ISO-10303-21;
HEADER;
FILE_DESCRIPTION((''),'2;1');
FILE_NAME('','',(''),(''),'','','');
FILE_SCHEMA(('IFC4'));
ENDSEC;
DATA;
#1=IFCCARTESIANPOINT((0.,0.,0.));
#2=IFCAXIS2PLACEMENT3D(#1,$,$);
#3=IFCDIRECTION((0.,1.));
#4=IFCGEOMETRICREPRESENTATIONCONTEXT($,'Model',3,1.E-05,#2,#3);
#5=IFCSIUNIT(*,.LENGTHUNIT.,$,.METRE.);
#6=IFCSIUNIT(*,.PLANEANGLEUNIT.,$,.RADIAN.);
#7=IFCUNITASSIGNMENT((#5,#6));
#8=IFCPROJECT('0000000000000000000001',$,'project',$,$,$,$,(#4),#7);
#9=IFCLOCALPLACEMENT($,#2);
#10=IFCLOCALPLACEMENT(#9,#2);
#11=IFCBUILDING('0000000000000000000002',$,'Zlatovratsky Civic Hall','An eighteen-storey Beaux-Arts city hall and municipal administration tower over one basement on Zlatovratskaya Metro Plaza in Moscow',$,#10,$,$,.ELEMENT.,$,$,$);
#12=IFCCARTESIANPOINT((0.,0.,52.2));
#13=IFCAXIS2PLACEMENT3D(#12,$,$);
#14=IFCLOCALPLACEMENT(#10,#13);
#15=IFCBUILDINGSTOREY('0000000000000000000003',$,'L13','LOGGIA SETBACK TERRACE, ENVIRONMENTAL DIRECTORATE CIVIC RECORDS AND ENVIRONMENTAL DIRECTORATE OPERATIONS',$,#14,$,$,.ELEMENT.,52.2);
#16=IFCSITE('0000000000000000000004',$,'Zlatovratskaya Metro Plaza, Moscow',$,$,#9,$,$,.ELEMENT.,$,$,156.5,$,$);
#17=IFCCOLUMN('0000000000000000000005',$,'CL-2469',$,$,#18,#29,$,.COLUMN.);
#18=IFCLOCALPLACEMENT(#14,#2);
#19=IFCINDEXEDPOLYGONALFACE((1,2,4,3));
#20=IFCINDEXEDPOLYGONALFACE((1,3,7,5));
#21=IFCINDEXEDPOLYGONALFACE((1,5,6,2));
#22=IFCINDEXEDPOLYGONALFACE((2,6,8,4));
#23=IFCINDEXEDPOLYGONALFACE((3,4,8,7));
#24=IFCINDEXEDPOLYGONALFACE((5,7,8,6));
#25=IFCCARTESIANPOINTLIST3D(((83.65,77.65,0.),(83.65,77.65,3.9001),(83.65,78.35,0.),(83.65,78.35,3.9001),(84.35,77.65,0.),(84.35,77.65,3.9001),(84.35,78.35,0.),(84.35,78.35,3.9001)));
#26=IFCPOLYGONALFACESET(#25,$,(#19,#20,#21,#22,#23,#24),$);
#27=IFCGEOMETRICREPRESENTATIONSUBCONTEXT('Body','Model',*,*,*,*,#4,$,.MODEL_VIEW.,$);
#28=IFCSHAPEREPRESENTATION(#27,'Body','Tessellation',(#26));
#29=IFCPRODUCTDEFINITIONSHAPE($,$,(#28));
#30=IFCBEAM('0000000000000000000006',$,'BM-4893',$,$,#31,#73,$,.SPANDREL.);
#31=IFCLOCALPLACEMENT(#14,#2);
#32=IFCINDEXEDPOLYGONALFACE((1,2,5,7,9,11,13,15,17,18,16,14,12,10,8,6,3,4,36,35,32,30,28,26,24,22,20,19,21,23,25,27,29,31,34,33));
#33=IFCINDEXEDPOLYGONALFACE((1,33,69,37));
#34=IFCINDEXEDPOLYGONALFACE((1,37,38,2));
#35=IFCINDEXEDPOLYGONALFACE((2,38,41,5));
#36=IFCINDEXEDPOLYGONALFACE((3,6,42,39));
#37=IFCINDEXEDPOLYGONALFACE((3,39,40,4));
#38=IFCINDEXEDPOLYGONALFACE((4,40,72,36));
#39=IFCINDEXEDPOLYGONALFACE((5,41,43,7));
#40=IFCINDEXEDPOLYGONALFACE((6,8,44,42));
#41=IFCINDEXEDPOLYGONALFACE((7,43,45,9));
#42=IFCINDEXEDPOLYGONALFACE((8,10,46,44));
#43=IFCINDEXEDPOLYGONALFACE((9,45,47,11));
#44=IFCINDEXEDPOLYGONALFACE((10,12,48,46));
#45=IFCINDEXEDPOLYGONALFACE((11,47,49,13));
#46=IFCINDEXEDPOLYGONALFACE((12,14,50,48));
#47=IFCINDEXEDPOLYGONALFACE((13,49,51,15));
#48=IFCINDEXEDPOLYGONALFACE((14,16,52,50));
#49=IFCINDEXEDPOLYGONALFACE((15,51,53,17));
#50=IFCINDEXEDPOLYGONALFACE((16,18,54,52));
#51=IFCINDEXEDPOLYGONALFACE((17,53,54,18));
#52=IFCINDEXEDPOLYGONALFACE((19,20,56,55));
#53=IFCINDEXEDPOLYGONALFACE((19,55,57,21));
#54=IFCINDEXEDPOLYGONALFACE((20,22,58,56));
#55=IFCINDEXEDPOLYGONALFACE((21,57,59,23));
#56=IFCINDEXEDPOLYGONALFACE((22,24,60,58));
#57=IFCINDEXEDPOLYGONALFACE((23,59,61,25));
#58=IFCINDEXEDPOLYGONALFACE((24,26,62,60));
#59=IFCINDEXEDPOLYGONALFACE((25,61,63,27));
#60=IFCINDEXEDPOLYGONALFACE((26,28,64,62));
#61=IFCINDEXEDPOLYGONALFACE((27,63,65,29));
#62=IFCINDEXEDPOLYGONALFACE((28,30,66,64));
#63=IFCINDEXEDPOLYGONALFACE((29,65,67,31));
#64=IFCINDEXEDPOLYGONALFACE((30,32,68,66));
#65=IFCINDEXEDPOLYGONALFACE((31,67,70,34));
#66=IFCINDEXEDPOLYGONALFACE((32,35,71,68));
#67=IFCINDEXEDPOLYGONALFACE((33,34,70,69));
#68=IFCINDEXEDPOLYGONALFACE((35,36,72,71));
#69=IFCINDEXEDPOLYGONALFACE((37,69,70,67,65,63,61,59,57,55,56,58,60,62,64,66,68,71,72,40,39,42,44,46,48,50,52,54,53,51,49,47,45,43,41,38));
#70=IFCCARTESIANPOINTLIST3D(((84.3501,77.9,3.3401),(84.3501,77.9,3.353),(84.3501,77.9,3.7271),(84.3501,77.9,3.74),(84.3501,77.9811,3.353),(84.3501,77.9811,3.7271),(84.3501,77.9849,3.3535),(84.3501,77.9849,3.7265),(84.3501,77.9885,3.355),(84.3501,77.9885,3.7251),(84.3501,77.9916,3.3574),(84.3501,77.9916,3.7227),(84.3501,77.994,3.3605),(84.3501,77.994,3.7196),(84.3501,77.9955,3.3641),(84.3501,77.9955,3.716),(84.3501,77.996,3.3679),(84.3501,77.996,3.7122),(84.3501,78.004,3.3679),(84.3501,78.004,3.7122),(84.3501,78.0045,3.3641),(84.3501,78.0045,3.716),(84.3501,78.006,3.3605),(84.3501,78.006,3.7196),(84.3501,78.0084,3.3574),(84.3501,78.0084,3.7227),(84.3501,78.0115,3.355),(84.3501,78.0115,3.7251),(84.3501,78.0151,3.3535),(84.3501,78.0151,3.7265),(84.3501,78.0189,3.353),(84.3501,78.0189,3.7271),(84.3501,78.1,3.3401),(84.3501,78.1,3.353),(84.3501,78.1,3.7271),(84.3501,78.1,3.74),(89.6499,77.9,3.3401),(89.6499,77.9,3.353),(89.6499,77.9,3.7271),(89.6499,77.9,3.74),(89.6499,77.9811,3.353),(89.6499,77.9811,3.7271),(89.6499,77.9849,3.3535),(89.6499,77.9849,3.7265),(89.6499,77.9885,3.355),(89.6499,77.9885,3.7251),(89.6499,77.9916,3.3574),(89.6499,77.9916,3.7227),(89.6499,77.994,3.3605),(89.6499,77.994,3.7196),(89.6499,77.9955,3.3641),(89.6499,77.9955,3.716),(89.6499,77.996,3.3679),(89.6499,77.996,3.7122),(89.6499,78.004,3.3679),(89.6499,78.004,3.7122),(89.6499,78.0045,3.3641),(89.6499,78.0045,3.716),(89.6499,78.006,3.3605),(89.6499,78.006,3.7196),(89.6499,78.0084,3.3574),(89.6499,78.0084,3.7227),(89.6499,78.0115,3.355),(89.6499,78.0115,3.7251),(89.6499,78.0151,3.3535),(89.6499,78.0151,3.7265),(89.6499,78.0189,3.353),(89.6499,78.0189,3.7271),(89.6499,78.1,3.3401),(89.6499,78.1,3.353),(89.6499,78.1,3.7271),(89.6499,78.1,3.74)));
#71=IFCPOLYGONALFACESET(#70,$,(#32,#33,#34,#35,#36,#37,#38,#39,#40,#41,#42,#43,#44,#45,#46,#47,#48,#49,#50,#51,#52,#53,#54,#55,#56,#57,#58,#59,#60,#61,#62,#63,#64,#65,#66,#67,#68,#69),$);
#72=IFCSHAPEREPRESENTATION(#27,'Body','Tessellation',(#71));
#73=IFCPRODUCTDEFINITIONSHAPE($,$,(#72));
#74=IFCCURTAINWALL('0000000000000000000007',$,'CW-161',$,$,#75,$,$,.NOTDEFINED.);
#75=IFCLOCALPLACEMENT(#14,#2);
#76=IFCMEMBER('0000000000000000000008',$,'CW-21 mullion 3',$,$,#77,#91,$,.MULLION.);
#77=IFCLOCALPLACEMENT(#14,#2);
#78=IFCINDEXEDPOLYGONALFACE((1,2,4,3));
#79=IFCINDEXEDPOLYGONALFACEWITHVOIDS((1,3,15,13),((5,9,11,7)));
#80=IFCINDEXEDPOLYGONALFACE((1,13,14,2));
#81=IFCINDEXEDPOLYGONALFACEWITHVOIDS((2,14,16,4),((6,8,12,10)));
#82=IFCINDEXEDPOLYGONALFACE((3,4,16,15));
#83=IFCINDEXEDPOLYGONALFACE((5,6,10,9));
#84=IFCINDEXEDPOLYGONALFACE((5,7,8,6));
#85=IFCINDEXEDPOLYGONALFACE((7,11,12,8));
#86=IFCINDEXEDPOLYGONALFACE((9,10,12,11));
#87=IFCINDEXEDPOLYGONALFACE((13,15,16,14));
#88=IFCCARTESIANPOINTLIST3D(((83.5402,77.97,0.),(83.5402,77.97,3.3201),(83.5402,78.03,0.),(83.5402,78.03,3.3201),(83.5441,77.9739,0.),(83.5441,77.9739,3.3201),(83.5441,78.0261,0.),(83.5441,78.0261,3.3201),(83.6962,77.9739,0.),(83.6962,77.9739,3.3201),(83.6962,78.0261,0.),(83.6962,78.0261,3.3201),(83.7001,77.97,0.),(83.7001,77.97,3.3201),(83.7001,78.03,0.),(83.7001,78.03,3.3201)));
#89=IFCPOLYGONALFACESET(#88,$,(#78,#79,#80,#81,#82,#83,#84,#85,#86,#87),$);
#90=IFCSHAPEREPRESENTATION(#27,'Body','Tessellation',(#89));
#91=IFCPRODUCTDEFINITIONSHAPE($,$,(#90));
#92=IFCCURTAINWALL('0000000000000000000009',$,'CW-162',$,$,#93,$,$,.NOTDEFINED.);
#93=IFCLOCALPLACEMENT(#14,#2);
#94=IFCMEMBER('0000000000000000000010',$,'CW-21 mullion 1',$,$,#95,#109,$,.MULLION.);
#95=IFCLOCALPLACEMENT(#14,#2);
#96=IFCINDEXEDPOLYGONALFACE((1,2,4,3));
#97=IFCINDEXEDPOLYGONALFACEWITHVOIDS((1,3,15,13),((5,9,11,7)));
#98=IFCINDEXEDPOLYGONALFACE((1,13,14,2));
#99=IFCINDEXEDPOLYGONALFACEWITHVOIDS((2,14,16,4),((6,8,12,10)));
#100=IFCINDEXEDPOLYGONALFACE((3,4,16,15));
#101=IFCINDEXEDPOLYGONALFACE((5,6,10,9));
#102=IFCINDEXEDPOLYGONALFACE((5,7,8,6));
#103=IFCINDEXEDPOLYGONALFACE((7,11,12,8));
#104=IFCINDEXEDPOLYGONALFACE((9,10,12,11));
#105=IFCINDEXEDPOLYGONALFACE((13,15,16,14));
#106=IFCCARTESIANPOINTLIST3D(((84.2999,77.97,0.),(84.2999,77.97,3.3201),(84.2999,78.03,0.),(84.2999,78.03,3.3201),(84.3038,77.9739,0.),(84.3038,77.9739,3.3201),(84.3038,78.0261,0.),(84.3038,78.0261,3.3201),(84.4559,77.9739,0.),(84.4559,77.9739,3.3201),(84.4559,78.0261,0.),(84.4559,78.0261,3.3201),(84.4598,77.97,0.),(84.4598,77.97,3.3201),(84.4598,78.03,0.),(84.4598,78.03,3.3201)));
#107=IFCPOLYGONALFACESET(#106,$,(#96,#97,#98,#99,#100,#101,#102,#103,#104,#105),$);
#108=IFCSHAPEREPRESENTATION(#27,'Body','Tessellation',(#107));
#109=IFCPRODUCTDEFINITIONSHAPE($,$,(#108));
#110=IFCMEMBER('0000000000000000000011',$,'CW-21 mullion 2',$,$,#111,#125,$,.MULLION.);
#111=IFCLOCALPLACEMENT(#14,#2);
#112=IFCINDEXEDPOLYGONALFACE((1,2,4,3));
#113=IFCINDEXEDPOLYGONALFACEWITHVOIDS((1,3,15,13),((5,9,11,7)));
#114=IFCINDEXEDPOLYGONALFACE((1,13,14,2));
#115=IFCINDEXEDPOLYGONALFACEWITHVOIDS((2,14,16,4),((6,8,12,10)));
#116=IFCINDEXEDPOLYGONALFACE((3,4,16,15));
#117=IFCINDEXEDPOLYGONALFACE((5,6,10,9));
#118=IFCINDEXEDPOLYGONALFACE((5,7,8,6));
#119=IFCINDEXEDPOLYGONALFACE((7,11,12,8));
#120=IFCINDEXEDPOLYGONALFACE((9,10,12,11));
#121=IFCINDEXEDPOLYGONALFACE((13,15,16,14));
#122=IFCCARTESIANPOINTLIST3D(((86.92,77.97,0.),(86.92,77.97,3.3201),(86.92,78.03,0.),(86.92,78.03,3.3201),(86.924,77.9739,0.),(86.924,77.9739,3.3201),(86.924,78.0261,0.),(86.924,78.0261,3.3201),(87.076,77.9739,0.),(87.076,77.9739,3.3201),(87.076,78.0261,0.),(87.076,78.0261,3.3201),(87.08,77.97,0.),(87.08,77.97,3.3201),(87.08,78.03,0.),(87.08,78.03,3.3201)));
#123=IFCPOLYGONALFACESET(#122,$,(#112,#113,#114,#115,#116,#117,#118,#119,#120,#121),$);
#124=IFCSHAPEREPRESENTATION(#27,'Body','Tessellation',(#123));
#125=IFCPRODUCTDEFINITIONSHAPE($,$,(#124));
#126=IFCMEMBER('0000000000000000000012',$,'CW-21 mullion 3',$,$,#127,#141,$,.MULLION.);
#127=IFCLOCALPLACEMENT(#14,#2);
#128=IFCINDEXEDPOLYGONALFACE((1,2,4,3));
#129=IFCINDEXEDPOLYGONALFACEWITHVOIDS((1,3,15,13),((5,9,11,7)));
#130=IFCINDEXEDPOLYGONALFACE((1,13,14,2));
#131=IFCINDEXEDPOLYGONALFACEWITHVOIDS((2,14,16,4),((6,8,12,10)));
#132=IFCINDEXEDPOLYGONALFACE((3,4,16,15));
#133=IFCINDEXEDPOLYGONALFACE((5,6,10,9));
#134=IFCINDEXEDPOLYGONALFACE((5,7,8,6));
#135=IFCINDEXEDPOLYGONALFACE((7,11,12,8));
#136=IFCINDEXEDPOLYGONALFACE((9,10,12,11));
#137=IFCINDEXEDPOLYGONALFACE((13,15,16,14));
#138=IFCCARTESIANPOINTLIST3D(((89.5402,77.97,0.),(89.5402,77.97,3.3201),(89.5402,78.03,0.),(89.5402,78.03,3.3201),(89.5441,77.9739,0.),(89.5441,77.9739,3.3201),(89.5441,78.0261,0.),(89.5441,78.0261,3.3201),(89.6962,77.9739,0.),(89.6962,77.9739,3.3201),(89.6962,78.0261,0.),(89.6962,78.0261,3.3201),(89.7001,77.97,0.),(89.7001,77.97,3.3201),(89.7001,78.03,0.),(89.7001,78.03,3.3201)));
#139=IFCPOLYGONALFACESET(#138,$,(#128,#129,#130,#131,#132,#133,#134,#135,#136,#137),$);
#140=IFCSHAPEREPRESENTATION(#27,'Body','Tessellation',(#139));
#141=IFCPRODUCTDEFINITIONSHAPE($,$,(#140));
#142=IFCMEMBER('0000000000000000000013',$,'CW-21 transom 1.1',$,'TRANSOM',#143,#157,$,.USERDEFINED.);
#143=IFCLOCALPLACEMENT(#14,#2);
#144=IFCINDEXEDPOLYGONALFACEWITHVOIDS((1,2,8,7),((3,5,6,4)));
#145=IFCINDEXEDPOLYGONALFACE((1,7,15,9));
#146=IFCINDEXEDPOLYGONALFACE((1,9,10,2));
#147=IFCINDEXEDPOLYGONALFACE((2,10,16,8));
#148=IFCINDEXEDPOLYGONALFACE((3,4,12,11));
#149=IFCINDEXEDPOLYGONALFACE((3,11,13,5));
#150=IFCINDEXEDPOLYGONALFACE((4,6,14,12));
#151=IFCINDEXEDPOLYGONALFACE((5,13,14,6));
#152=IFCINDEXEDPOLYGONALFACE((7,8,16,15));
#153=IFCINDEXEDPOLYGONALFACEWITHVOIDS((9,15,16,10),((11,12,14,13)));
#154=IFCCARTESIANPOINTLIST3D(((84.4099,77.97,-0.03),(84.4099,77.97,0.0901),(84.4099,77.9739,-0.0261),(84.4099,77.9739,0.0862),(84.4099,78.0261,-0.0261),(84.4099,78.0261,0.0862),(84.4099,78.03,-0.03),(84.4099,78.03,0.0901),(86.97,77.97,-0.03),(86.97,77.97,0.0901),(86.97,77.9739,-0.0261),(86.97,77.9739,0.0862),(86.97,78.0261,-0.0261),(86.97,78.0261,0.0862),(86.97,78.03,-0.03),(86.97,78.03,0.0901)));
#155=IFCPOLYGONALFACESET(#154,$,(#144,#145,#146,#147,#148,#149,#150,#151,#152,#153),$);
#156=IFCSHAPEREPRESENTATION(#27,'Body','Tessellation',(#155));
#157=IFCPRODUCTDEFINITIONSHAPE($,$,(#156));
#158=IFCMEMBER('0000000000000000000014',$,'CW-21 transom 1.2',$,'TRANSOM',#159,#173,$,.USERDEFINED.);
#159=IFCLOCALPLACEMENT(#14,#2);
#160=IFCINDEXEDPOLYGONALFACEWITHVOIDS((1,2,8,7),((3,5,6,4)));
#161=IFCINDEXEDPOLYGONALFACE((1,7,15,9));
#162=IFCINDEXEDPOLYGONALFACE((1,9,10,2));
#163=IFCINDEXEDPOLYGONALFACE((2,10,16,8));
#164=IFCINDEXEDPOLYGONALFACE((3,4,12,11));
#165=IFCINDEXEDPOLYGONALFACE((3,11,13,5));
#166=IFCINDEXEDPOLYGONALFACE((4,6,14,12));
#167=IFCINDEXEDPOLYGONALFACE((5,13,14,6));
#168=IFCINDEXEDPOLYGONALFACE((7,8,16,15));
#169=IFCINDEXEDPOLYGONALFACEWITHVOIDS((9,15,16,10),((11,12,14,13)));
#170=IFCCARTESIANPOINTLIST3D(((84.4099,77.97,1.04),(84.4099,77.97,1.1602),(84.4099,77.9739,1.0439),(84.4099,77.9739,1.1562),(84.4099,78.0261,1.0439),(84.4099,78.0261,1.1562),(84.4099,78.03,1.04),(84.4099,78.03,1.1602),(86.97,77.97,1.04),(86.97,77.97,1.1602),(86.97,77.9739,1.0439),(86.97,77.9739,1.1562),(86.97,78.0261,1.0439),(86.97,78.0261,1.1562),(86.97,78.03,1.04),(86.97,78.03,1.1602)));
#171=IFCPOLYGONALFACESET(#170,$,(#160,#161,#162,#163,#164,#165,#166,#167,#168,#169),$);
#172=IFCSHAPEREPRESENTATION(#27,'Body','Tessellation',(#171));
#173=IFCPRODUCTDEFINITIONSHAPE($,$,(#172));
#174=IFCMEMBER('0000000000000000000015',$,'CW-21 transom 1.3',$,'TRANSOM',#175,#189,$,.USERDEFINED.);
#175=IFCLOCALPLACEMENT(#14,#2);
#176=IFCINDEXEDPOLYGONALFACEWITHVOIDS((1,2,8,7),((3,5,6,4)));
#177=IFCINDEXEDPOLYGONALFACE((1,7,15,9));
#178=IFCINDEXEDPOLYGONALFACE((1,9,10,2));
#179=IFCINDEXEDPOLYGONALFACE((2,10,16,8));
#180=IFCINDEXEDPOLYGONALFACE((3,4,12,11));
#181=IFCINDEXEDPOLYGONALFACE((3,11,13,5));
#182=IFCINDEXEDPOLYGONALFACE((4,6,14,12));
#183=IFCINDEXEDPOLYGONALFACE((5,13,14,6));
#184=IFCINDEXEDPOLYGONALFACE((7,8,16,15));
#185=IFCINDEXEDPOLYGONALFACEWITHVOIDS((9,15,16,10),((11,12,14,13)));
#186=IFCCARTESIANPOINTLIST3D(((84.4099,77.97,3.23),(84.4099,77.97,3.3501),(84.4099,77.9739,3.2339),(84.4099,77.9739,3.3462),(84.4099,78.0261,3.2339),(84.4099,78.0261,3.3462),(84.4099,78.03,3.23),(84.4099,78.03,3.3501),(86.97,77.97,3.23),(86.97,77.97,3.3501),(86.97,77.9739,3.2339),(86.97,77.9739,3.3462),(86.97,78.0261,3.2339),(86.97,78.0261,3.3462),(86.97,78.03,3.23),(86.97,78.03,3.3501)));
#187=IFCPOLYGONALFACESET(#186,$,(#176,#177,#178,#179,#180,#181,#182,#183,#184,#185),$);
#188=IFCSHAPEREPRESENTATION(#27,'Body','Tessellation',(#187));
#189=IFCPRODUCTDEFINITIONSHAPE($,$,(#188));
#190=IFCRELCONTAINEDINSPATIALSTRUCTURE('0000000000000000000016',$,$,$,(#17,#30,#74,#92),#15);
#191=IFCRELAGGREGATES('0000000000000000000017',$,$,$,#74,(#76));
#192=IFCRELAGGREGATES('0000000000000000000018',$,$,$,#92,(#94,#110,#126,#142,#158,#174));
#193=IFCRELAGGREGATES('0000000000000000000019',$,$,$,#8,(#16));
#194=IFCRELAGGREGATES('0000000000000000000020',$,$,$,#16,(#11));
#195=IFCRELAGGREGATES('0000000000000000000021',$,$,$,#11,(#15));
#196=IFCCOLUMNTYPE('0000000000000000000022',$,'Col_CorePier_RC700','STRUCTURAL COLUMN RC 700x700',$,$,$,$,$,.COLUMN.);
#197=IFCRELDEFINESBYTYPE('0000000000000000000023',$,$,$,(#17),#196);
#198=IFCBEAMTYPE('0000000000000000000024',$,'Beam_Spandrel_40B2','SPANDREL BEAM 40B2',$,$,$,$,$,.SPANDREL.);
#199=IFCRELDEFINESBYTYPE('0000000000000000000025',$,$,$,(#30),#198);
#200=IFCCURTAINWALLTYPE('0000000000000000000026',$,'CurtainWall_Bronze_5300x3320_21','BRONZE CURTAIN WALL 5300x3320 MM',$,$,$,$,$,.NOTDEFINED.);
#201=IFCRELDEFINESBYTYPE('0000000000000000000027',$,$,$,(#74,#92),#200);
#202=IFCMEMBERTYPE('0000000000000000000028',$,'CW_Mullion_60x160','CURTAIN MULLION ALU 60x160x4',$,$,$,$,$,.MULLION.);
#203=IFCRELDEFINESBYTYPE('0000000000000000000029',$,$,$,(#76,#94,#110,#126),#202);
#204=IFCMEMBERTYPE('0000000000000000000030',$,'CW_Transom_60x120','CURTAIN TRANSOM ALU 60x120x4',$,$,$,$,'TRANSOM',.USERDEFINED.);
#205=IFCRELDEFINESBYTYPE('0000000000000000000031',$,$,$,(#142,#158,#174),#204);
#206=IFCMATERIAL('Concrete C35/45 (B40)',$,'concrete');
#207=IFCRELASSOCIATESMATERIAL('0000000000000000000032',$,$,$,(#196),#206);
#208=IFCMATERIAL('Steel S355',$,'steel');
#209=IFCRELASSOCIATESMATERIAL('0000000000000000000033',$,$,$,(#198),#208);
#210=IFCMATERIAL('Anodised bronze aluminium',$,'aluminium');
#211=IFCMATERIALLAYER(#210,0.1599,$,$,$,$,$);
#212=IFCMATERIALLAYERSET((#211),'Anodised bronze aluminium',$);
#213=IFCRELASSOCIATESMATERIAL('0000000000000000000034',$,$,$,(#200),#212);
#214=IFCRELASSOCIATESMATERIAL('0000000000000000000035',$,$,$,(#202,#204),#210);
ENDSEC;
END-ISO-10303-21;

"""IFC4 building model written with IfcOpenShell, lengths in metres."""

from ifc_helpers import new_model, si_unit, direction, frame, origin, origin_2d, place, context, subcontext, project, spatial, rectangle, hollow_rectangle, i_section, extrude, material, layer, layer_set, material_profile, profile_set, type_object, element, aggregate, save


model = new_model("IFC4")

# Units and contexts
model_context = context("Model", 3, precision=1e-05, world=origin(), true_north=direction((0.0, 1.0)))
body_context = subcontext(model_context, "Body", "Model", "MODEL_VIEW")
ifc_project = project(units=[si_unit("LENGTHUNIT", "METRE"), si_unit("PLANEANGLEUNIT", "RADIAN")], contexts=[model_context])

# Site, building, storey
site_placement = place(None, origin())
site = spatial("IfcSite", under=ifc_project, at=site_placement, Name="Zlatovratskaya Metro Plaza, Moscow", CompositionType="ELEMENT", RefElevation=156.5)
building_placement = place(site_placement, origin())
building = spatial("IfcBuilding", under=site, at=building_placement, Name="Zlatovratsky Civic Hall", Description="An eighteen-storey Beaux-Arts city hall and municipal administration tower over one basement on Zlatovratskaya Metro Plaza in Moscow", CompositionType="ELEMENT")
storey_placement = place(building_placement, frame((0.0, 0.0, 52.2)))
storey = spatial("IfcBuildingStorey", under=building, at=storey_placement, Name="L13", Description="LOGGIA SETBACK TERRACE, ENVIRONMENTAL DIRECTORATE CIVIC RECORDS AND ENVIRONMENTAL DIRECTORATE OPERATIONS", CompositionType="ELEMENT", Elevation=52.2)

# Column
ifc_material_1 = material(Name="Concrete C35/45 (B40)", Category="concrete")
ifc_material_profile_1 = material_profile(ifc_material_1, rectangle(XDim=0.7, YDim=0.7, at=origin_2d()), Name="RC 700x700")
ifc_profile_set_1 = profile_set([ifc_material_profile_1], Name="Concrete C35/45 (B40)")
column_type = type_object("IfcColumnType", Name="Col_CorePier_RC700", Description="STRUCTURAL COLUMN RC 700x700", PredefinedType="COLUMN", material=ifc_profile_set_1)
column_placement = place(storey_placement, frame((84.0, 78.0, 0.0), z_axis=(0.0, 0.0, 1.0), x_axis=(1.0, 0.0, 0.0)))
element("IfcColumn", 1, at=column_placement, inside=storey, type_object=column_type, Name="CL-2469", PredefinedType="COLUMN", context=body_context, shape_type="SweptSolid", body=[
    extrude(rectangle(XDim=0.7, YDim=0.7, at=origin_2d()), origin(), (0.0, 0.0, 1.0), 3.9001),
])

# Beam
ifc_material_2 = material(Name="Steel S355", Category="steel")
ifc_material_profile_2 = material_profile(ifc_material_2, i_section(OverallWidth=0.2, OverallDepth=0.3999, WebThickness=0.0081, FlangeThickness=0.0129, FilletRadius=0.0149, at=origin_2d()), Name="40B2")
ifc_profile_set_2 = profile_set([ifc_material_profile_2], Name="Steel S355")
beam_type = type_object("IfcBeamType", Name="Beam_Spandrel_40B2", Description="SPANDREL BEAM 40B2", PredefinedType="SPANDREL", material=ifc_profile_set_2)
beam_placement = place(storey_placement, frame((84.3501, 78.0, 3.54), z_axis=(1.0, 0.0, 0.0), x_axis=(0.0, 1.0, 0.0)))
element("IfcBeam", 2, at=beam_placement, inside=storey, type_object=beam_type, Name="BM-4893", PredefinedType="SPANDREL", context=body_context, shape_type="SweptSolid", body=[
    extrude(i_section(OverallWidth=0.2, OverallDepth=0.3999, WebThickness=0.0081, FlangeThickness=0.0129, FilletRadius=0.0149, at=origin_2d()), origin(), (0.0, 0.0, 1.0), 5.2998),
])

# Curtain wall, member
ifc_material_3 = material(Name="Anodised bronze aluminium", Category="aluminium")
ifc_layer_1 = layer(ifc_material_3, 0.1599)
ifc_layer_set_1 = layer_set([ifc_layer_1], Name="Anodised bronze aluminium")
curtain_wall_type = type_object("IfcCurtainWallType", Name="CurtainWall_Bronze_5300x3320_21", Description="BRONZE CURTAIN WALL 5300x3320 MM", PredefinedType="NOTDEFINED", material=ifc_layer_set_1)
curtain_wall_1_placement = place(storey_placement, origin())
curtain_wall_1 = element("IfcCurtainWall", 3, at=curtain_wall_1_placement, inside=storey, type_object=curtain_wall_type, Name="CW-161", PredefinedType="NOTDEFINED")
ifc_material_profile_3 = material_profile(ifc_material_3, hollow_rectangle(XDim=0.0601, YDim=0.1599, WallThickness=0.0039, at=origin_2d()), Name="ALU 60x160x4")
ifc_profile_set_3 = profile_set([ifc_material_profile_3], Name="Anodised bronze aluminium")
member_type_1 = type_object("IfcMemberType", Name="CW_Mullion_60x160", Description="CURTAIN MULLION ALU 60x160x4", PredefinedType="MULLION", material=ifc_profile_set_3)
member_1_placement = place(storey_placement, frame((83.6201, 78.0, 0.0), z_axis=(0.0, 0.0, 1.0), x_axis=(0.0, 1.0, 0.0)))
member_1 = element("IfcMember", 4, at=member_1_placement, type_object=member_type_1, Name="CW-21 mullion 3", PredefinedType="MULLION", context=body_context, shape_type="SweptSolid", body=[
    extrude(hollow_rectangle(XDim=0.0601, YDim=0.1599, WallThickness=0.0039, at=origin_2d()), origin(), (0.0, 0.0, 1.0), 3.3201),
])

# Curtain wall, members
curtain_wall_2_placement = place(storey_placement, origin())
curtain_wall_2 = element("IfcCurtainWall", 5, at=curtain_wall_2_placement, inside=storey, type_object=curtain_wall_type, Name="CW-162", PredefinedType="NOTDEFINED")
member_2_placement = place(storey_placement, frame((84.3799, 78.0, 0.0), z_axis=(0.0, 0.0, 1.0), x_axis=(0.0, 1.0, 0.0)))
member_2 = element("IfcMember", 6, at=member_2_placement, type_object=member_type_1, Name="CW-21 mullion 1", PredefinedType="MULLION", context=body_context, shape_type="SweptSolid", body=[
    extrude(hollow_rectangle(XDim=0.0601, YDim=0.1599, WallThickness=0.0039, at=origin_2d()), origin(), (0.0, 0.0, 1.0), 3.3201),
])
member_3_placement = place(storey_placement, frame((87.0, 78.0, 0.0), z_axis=(0.0, 0.0, 1.0), x_axis=(0.0, 1.0, 0.0)))
member_3 = element("IfcMember", 7, at=member_3_placement, type_object=member_type_1, Name="CW-21 mullion 2", PredefinedType="MULLION", context=body_context, shape_type="SweptSolid", body=[
    extrude(hollow_rectangle(XDim=0.0601, YDim=0.1599, WallThickness=0.0039, at=origin_2d()), origin(), (0.0, 0.0, 1.0), 3.3201),
])
member_4_placement = place(storey_placement, frame((89.6201, 78.0, 0.0), z_axis=(0.0, 0.0, 1.0), x_axis=(0.0, 1.0, 0.0)))
member_4 = element("IfcMember", 8, at=member_4_placement, type_object=member_type_1, Name="CW-21 mullion 3", PredefinedType="MULLION", context=body_context, shape_type="SweptSolid", body=[
    extrude(hollow_rectangle(XDim=0.0601, YDim=0.1599, WallThickness=0.0039, at=origin_2d()), origin(), (0.0, 0.0, 1.0), 3.3201),
])
ifc_material_profile_4 = material_profile(ifc_material_3, hollow_rectangle(XDim=0.0601, YDim=0.1201, WallThickness=0.0039, at=origin_2d()), Name="ALU 60x120x4")
ifc_profile_set_4 = profile_set([ifc_material_profile_4], Name="Anodised bronze aluminium")
member_type_2 = type_object("IfcMemberType", Name="CW_Transom_60x120", Description="CURTAIN TRANSOM ALU 60x120x4", ElementType="TRANSOM", PredefinedType="USERDEFINED", material=ifc_profile_set_4)
member_5_placement = place(storey_placement, frame((84.4099, 78.0, 0.03), z_axis=(1.0, 0.0, 0.0), x_axis=(0.0, 1.0, 0.0)))
member_5 = element("IfcMember", 9, at=member_5_placement, type_object=member_type_2, Name="CW-21 transom 1.1", ObjectType="TRANSOM", PredefinedType="USERDEFINED", context=body_context, shape_type="SweptSolid", body=[
    extrude(hollow_rectangle(XDim=0.0601, YDim=0.1201, WallThickness=0.0039, at=origin_2d()), origin(), (0.0, 0.0, 1.0), 2.5601),
])
member_6_placement = place(storey_placement, frame((84.4099, 78.0, 1.1001), z_axis=(1.0, 0.0, 0.0), x_axis=(0.0, 1.0, 0.0)))
member_6 = element("IfcMember", 10, at=member_6_placement, type_object=member_type_2, Name="CW-21 transom 1.2", ObjectType="TRANSOM", PredefinedType="USERDEFINED", context=body_context, shape_type="SweptSolid", body=[
    extrude(hollow_rectangle(XDim=0.0601, YDim=0.1201, WallThickness=0.0039, at=origin_2d()), origin(), (0.0, 0.0, 1.0), 2.5601),
])
member_7_placement = place(storey_placement, frame((84.4099, 78.0, 3.29), z_axis=(1.0, 0.0, 0.0), x_axis=(0.0, 1.0, 0.0)))
member_7 = element("IfcMember", 11, at=member_7_placement, type_object=member_type_2, Name="CW-21 transom 1.3", ObjectType="TRANSOM", PredefinedType="USERDEFINED", context=body_context, shape_type="SweptSolid", body=[
    extrude(hollow_rectangle(XDim=0.0601, YDim=0.1201, WallThickness=0.0039, at=origin_2d()), origin(), (0.0, 0.0, 1.0), 2.5601),
])

aggregate(curtain_wall_1, [member_1])
aggregate(curtain_wall_2, [member_2, member_3, member_4, member_5, member_6, member_7])

save(model, "model.ifc")
